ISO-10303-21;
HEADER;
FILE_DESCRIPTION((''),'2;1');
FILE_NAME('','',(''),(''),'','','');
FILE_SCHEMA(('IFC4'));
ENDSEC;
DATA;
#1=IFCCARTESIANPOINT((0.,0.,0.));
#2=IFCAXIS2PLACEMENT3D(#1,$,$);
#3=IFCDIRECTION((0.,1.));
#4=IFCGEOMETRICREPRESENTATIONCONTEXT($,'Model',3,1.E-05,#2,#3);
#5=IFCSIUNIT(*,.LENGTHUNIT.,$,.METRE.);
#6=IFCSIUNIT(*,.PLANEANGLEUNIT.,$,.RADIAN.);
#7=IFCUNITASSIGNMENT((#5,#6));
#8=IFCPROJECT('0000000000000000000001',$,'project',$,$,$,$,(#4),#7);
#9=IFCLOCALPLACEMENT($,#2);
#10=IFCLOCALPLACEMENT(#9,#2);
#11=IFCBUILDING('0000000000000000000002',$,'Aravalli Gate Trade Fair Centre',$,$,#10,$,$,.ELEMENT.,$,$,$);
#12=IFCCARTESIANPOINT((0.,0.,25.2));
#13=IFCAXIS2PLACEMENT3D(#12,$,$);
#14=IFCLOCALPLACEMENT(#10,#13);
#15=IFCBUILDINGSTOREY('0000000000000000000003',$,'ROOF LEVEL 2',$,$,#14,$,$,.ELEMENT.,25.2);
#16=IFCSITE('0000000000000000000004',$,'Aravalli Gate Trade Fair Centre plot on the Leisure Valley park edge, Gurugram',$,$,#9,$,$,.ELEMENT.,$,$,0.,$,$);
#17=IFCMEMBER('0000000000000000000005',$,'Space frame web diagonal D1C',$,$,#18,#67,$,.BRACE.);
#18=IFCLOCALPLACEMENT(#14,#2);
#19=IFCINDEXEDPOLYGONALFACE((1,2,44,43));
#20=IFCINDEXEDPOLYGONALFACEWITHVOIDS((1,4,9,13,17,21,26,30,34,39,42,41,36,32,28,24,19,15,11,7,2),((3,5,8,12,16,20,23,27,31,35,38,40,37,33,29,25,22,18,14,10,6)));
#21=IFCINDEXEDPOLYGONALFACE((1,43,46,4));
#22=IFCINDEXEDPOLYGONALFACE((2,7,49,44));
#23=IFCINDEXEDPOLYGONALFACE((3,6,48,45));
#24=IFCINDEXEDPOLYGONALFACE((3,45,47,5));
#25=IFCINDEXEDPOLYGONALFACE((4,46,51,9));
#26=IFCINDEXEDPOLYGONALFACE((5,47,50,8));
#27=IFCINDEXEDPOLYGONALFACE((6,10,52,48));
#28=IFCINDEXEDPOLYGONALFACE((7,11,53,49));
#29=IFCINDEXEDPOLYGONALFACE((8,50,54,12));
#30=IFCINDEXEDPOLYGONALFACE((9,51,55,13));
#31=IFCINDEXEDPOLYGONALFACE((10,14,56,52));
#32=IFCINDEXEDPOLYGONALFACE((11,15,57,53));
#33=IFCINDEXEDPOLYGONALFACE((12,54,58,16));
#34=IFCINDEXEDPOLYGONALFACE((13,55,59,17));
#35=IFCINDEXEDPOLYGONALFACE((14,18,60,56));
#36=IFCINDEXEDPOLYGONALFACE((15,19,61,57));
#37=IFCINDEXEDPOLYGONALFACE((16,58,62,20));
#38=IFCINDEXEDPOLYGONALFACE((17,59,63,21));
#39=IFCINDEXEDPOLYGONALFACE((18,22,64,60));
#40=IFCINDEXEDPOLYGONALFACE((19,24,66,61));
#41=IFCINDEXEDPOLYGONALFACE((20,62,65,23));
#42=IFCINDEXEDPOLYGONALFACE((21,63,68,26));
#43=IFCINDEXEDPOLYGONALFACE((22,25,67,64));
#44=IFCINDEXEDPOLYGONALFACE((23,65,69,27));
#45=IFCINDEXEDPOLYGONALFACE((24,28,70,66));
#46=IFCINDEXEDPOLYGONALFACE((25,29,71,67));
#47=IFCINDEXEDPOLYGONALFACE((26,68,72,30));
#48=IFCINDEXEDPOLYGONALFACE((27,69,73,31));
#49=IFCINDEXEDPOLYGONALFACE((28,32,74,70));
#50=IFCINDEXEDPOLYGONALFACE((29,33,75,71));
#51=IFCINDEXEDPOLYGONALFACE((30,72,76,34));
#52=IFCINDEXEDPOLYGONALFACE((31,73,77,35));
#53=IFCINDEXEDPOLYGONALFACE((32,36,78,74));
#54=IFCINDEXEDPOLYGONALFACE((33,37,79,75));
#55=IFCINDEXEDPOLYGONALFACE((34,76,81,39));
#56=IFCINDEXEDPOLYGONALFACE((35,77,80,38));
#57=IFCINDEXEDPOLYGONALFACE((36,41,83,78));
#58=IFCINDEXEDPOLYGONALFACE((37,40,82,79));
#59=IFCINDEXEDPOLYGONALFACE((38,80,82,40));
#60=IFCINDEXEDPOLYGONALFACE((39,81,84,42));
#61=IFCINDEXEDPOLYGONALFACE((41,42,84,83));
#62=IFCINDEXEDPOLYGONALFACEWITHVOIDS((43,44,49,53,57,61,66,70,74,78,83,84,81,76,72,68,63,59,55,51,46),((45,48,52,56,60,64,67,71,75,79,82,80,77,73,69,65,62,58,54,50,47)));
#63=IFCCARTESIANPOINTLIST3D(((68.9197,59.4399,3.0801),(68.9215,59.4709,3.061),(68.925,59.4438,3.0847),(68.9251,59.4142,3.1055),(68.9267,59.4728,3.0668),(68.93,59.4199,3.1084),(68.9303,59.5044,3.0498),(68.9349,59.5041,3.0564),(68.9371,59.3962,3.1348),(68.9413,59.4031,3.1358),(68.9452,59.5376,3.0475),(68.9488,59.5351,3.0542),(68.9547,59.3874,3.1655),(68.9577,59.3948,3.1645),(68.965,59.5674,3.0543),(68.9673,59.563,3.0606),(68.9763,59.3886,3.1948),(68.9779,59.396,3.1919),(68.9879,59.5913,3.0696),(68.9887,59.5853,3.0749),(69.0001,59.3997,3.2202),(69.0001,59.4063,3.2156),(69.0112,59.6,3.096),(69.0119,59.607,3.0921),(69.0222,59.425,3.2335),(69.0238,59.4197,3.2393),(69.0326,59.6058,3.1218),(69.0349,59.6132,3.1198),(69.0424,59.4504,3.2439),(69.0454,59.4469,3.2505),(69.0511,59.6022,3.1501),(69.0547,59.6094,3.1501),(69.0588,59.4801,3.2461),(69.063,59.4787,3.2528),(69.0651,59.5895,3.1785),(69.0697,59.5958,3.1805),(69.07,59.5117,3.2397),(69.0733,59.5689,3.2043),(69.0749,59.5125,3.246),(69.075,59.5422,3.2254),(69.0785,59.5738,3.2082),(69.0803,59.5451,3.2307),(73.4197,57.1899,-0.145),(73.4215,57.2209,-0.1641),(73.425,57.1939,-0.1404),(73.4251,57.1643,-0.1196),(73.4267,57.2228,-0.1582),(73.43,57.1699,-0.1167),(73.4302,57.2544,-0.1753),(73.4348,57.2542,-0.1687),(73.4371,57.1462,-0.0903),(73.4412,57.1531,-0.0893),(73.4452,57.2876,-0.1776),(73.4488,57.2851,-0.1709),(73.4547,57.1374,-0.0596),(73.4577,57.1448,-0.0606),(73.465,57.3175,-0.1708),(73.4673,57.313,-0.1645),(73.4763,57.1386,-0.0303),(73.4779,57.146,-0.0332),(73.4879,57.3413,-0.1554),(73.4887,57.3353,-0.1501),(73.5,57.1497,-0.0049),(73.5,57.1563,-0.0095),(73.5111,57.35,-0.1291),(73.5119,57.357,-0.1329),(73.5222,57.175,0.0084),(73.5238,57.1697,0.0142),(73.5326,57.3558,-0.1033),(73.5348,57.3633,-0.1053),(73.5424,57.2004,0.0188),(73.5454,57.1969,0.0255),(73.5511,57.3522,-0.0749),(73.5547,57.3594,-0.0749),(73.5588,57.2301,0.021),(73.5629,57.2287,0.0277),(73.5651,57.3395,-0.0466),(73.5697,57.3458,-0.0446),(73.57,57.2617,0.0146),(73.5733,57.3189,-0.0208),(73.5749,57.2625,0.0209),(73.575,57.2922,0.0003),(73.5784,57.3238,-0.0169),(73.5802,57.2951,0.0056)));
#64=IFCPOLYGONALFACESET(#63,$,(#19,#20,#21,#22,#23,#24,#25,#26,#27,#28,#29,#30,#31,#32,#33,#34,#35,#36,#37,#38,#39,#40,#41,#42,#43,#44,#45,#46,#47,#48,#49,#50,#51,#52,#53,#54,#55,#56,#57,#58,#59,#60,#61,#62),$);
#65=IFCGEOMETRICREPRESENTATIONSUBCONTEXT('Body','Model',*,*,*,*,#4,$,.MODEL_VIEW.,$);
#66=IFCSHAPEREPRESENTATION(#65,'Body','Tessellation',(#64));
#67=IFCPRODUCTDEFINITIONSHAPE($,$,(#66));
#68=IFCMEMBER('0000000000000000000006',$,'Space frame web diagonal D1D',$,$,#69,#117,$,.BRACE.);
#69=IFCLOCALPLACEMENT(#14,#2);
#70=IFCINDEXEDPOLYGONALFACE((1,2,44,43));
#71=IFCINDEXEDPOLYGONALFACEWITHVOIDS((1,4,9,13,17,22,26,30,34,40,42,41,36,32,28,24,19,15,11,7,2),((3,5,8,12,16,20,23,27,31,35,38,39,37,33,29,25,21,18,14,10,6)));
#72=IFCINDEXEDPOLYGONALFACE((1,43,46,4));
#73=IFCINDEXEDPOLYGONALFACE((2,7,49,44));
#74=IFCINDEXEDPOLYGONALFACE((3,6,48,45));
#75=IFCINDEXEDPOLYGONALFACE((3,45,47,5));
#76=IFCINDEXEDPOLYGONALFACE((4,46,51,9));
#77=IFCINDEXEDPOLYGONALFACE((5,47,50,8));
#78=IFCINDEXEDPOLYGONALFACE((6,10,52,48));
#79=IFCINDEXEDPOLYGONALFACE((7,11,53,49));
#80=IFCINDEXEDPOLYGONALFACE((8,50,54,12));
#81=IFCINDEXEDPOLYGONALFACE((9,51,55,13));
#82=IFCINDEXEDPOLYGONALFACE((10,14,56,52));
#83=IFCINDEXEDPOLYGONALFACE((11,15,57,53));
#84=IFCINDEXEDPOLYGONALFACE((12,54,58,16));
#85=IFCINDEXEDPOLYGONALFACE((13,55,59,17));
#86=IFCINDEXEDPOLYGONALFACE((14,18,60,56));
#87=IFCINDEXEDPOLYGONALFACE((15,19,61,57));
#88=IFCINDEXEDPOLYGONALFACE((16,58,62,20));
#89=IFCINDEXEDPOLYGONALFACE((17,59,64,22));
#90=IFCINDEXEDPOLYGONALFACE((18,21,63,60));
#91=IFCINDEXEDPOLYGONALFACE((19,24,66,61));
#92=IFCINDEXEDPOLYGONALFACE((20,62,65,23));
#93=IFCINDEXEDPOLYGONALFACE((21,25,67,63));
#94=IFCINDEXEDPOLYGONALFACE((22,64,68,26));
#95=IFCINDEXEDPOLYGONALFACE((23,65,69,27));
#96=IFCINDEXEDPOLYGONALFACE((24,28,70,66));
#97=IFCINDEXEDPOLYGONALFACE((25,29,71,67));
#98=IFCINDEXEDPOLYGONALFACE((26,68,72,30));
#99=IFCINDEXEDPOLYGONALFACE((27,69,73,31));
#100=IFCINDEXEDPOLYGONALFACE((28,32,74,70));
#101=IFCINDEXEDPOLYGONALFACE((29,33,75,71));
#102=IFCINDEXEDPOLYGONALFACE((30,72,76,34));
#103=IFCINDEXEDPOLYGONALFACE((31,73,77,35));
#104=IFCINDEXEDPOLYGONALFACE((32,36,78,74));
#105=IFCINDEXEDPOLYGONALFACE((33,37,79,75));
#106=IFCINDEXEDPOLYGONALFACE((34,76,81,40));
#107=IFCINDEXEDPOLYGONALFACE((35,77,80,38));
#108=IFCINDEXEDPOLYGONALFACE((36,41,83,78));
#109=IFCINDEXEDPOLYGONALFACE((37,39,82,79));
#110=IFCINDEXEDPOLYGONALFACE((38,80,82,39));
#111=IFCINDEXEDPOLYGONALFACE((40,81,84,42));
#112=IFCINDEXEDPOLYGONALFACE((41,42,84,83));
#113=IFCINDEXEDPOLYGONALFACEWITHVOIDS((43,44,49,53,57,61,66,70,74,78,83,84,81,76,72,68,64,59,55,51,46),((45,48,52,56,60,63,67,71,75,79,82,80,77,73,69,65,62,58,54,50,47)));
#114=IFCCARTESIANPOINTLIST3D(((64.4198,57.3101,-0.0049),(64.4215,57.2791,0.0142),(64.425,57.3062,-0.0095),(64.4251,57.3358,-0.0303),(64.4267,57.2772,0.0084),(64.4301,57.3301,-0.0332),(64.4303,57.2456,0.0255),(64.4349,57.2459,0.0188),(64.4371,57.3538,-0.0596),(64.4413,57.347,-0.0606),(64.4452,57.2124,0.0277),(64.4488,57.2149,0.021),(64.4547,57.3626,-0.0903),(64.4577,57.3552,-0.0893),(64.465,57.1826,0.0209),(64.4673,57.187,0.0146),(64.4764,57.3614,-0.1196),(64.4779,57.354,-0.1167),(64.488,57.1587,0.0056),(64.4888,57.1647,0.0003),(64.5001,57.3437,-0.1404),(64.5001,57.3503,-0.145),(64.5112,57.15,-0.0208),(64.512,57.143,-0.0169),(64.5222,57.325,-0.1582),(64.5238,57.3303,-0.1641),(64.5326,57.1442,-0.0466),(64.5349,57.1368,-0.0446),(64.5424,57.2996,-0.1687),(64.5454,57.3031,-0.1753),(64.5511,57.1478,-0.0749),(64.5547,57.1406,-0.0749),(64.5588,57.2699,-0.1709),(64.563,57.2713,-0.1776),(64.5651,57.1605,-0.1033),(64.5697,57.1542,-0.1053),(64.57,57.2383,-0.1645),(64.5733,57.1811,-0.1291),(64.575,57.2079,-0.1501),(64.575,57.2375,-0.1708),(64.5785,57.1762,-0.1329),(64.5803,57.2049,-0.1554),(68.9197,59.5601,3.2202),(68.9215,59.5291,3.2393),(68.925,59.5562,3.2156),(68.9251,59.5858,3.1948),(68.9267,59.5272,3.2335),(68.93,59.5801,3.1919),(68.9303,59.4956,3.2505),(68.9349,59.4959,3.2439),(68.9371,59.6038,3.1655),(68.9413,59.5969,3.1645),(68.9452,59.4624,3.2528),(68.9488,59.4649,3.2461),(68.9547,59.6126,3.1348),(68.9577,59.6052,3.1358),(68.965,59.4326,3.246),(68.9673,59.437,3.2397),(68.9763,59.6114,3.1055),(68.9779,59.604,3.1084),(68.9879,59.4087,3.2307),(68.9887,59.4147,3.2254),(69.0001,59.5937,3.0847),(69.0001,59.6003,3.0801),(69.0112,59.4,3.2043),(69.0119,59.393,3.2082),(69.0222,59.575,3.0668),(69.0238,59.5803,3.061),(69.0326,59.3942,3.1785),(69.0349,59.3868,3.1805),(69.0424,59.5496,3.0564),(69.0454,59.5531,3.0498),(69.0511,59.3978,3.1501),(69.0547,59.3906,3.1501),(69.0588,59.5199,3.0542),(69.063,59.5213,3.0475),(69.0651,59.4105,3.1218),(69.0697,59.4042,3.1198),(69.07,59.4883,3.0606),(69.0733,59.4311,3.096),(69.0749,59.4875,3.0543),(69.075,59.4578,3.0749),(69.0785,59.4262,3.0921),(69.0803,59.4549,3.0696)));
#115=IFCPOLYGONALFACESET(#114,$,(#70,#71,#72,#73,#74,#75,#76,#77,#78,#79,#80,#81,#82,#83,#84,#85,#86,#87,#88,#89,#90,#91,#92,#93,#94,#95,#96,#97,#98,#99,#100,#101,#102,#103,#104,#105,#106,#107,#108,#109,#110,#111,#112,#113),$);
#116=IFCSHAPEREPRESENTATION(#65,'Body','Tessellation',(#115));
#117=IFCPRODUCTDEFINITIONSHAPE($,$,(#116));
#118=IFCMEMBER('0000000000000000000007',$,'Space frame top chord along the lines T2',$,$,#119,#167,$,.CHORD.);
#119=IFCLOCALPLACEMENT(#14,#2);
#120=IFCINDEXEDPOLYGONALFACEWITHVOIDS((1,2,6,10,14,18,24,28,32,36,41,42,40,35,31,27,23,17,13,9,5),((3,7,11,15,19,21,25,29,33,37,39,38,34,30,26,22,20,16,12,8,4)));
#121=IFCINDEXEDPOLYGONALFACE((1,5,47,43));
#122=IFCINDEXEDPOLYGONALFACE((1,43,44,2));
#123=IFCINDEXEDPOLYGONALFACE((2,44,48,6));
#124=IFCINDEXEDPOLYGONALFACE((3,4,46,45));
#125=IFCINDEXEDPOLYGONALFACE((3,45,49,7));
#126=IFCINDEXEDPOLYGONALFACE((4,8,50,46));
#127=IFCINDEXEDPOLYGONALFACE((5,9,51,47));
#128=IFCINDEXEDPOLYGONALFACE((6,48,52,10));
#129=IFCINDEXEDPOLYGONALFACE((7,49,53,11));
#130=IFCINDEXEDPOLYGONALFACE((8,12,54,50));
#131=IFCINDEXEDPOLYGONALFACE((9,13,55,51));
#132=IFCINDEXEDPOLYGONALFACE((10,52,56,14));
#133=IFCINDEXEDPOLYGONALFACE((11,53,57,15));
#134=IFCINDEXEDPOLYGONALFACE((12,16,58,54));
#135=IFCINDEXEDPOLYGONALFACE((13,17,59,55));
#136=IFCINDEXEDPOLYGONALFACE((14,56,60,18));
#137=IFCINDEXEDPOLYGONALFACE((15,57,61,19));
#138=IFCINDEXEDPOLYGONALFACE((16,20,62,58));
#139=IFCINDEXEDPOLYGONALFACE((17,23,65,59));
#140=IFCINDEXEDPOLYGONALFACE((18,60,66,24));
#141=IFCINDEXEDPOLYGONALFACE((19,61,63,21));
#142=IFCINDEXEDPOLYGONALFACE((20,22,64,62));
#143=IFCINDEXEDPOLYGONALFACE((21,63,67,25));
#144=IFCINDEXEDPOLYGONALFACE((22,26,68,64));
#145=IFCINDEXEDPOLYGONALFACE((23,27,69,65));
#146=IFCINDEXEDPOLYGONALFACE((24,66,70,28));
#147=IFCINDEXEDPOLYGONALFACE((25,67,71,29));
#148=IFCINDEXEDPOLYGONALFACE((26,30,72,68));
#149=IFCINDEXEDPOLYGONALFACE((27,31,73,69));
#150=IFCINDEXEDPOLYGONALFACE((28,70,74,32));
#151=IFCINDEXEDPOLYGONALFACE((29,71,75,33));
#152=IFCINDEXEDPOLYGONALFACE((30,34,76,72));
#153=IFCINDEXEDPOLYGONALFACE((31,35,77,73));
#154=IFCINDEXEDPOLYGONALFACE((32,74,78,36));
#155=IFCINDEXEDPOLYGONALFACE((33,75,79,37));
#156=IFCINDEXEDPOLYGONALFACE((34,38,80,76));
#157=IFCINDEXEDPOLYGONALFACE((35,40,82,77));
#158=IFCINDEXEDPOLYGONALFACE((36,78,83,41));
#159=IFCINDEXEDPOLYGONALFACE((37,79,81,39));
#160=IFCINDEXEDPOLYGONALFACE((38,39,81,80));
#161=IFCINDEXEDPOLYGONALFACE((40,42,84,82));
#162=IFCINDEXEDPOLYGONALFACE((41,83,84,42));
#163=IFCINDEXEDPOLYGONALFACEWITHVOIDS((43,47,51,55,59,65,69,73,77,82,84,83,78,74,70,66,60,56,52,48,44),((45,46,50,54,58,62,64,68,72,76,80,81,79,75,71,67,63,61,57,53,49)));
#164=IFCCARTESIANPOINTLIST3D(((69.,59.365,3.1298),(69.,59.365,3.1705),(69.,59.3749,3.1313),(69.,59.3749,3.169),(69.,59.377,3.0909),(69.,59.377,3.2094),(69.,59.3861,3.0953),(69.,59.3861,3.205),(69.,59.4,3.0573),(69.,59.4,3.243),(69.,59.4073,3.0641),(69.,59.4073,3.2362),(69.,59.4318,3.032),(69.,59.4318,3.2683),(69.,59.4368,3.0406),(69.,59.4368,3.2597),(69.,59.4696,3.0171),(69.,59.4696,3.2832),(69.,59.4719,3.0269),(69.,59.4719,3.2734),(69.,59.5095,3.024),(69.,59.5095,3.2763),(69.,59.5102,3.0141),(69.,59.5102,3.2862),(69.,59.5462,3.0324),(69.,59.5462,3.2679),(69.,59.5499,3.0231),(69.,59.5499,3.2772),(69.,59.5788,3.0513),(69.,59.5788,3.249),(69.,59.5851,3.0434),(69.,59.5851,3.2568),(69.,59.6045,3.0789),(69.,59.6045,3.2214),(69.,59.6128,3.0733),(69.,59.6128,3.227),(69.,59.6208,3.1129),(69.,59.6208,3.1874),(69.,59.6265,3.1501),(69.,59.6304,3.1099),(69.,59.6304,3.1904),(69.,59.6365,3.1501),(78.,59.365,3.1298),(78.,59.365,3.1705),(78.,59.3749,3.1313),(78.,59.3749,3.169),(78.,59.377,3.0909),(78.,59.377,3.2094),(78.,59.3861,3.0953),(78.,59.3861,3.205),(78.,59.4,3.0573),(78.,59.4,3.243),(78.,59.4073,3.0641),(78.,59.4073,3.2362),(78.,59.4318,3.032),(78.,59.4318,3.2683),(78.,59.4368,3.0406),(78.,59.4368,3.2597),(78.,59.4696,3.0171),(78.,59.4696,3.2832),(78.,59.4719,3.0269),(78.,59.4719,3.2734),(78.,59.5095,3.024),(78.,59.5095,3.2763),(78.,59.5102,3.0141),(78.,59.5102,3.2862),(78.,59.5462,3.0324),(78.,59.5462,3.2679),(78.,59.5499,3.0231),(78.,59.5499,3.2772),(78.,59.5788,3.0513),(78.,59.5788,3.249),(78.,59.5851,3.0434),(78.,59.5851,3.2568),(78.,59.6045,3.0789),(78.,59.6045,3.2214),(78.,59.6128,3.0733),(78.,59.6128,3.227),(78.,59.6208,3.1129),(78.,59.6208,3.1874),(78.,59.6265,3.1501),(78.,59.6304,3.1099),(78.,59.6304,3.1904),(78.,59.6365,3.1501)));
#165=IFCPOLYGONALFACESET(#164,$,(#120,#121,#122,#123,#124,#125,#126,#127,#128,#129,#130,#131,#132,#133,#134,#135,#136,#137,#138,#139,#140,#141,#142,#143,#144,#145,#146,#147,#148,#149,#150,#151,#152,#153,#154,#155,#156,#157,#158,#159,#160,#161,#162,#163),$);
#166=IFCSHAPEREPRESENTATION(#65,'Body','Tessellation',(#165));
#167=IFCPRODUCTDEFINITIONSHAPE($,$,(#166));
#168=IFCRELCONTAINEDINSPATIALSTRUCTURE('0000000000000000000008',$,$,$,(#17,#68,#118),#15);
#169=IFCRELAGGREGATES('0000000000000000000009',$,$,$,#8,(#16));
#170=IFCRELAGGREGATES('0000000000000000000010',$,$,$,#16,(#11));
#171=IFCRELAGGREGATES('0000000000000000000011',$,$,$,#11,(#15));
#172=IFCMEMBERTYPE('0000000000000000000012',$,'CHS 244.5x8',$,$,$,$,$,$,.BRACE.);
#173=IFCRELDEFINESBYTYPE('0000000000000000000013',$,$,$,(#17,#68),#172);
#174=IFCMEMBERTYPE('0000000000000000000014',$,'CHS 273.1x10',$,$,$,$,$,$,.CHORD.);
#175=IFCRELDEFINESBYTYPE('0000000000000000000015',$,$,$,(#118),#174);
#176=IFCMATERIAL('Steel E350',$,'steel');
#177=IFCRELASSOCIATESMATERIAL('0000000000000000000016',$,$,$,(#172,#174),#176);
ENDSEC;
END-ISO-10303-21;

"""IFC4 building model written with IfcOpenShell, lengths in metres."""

from ifc_helpers import new_model, si_unit, direction, frame, origin, origin_2d, place, context, subcontext, project, spatial, hollow_circle, extrude, material, material_profile, profile_set, type_object, element, save


model = new_model("IFC4")

# Units and contexts
model_context = context("Model", 3, precision=1e-05, world=origin(), true_north=direction((0.0, 1.0)))
body_context = subcontext(model_context, "Body", "Model", "MODEL_VIEW")
ifc_project = project(units=[si_unit("LENGTHUNIT", "METRE"), si_unit("PLANEANGLEUNIT", "RADIAN")], contexts=[model_context])

# Site, building, storey
site_placement = place(None, origin())
site = spatial("IfcSite", under=ifc_project, at=site_placement, Name="Aravalli Gate Trade Fair Centre plot on the Leisure Valley park edge, Gurugram", CompositionType="ELEMENT", RefElevation=0.0)
building_placement = place(site_placement, origin())
building = spatial("IfcBuilding", under=site, at=building_placement, Name="Aravalli Gate Trade Fair Centre", CompositionType="ELEMENT")
storey_placement = place(building_placement, frame((0.0, 0.0, 25.2)))
storey = spatial("IfcBuildingStorey", under=building, at=storey_placement, Name="ROOF LEVEL 2", CompositionType="ELEMENT", Elevation=25.2)

# Members
ifc_material_1 = material(Name="Steel E350", Category="steel")
ifc_material_profile_1 = material_profile(ifc_material_1, hollow_circle(Radius=0.1223, WallThickness=0.0081, at=origin_2d()), Name="CHS 244.5x8")
ifc_profile_set_1 = profile_set([ifc_material_profile_1], Name="Steel E350")
member_type_1 = type_object("IfcMemberType", Name="CHS 244.5x8", PredefinedType="BRACE", material=ifc_profile_set_1)
for number, where, z_axis, x_axis, name in (
    (1, (69.0, 59.5, 3.1501), (0.753, -0.3765, -0.539666), (0.447214, 0.894427, 0.0), "Space frame web diagonal D1C"),
    (2, (69.0, 59.5, 3.1501), (-0.753, -0.3765, -0.539666), (0.447214, -0.894427, 0.0), "Space frame web diagonal D1D"),
):
    element("IfcMember", number, at=place(storey_placement, frame(where, z_axis=z_axis, x_axis=x_axis)), inside=storey, type_object=member_type_1, Name=name, PredefinedType="BRACE", context=body_context, shape_type="SweptSolid", body=[
        extrude(hollow_circle(Radius=0.1223, WallThickness=0.0081, at=origin_2d()), origin(), (0.0, 0.0, 1.0), 5.9761),
    ])
ifc_material_profile_2 = material_profile(ifc_material_1, hollow_circle(Radius=0.1365, WallThickness=0.01, at=origin_2d()), Name="CHS 273.1x10")
ifc_profile_set_2 = profile_set([ifc_material_profile_2], Name="Steel E350")
member_type_2 = type_object("IfcMemberType", Name="CHS 273.1x10", PredefinedType="CHORD", material=ifc_profile_set_2)
for number, where, z_axis, x_axis, name in (
    (3, (69.0, 59.5, 3.1501), (1.0, 0.0, 0.0), (0.0, 1.0, 0.0), "Space frame top chord along the lines T2"),
):
    element("IfcMember", number, at=place(storey_placement, frame(where, z_axis=z_axis, x_axis=x_axis)), inside=storey, type_object=member_type_2, Name=name, PredefinedType="CHORD", context=body_context, shape_type="SweptSolid", body=[
        extrude(hollow_circle(Radius=0.1365, WallThickness=0.01, at=origin_2d()), origin(), (0.0, 0.0, 1.0), 9.0),
    ])

save(model, "model.ifc")
